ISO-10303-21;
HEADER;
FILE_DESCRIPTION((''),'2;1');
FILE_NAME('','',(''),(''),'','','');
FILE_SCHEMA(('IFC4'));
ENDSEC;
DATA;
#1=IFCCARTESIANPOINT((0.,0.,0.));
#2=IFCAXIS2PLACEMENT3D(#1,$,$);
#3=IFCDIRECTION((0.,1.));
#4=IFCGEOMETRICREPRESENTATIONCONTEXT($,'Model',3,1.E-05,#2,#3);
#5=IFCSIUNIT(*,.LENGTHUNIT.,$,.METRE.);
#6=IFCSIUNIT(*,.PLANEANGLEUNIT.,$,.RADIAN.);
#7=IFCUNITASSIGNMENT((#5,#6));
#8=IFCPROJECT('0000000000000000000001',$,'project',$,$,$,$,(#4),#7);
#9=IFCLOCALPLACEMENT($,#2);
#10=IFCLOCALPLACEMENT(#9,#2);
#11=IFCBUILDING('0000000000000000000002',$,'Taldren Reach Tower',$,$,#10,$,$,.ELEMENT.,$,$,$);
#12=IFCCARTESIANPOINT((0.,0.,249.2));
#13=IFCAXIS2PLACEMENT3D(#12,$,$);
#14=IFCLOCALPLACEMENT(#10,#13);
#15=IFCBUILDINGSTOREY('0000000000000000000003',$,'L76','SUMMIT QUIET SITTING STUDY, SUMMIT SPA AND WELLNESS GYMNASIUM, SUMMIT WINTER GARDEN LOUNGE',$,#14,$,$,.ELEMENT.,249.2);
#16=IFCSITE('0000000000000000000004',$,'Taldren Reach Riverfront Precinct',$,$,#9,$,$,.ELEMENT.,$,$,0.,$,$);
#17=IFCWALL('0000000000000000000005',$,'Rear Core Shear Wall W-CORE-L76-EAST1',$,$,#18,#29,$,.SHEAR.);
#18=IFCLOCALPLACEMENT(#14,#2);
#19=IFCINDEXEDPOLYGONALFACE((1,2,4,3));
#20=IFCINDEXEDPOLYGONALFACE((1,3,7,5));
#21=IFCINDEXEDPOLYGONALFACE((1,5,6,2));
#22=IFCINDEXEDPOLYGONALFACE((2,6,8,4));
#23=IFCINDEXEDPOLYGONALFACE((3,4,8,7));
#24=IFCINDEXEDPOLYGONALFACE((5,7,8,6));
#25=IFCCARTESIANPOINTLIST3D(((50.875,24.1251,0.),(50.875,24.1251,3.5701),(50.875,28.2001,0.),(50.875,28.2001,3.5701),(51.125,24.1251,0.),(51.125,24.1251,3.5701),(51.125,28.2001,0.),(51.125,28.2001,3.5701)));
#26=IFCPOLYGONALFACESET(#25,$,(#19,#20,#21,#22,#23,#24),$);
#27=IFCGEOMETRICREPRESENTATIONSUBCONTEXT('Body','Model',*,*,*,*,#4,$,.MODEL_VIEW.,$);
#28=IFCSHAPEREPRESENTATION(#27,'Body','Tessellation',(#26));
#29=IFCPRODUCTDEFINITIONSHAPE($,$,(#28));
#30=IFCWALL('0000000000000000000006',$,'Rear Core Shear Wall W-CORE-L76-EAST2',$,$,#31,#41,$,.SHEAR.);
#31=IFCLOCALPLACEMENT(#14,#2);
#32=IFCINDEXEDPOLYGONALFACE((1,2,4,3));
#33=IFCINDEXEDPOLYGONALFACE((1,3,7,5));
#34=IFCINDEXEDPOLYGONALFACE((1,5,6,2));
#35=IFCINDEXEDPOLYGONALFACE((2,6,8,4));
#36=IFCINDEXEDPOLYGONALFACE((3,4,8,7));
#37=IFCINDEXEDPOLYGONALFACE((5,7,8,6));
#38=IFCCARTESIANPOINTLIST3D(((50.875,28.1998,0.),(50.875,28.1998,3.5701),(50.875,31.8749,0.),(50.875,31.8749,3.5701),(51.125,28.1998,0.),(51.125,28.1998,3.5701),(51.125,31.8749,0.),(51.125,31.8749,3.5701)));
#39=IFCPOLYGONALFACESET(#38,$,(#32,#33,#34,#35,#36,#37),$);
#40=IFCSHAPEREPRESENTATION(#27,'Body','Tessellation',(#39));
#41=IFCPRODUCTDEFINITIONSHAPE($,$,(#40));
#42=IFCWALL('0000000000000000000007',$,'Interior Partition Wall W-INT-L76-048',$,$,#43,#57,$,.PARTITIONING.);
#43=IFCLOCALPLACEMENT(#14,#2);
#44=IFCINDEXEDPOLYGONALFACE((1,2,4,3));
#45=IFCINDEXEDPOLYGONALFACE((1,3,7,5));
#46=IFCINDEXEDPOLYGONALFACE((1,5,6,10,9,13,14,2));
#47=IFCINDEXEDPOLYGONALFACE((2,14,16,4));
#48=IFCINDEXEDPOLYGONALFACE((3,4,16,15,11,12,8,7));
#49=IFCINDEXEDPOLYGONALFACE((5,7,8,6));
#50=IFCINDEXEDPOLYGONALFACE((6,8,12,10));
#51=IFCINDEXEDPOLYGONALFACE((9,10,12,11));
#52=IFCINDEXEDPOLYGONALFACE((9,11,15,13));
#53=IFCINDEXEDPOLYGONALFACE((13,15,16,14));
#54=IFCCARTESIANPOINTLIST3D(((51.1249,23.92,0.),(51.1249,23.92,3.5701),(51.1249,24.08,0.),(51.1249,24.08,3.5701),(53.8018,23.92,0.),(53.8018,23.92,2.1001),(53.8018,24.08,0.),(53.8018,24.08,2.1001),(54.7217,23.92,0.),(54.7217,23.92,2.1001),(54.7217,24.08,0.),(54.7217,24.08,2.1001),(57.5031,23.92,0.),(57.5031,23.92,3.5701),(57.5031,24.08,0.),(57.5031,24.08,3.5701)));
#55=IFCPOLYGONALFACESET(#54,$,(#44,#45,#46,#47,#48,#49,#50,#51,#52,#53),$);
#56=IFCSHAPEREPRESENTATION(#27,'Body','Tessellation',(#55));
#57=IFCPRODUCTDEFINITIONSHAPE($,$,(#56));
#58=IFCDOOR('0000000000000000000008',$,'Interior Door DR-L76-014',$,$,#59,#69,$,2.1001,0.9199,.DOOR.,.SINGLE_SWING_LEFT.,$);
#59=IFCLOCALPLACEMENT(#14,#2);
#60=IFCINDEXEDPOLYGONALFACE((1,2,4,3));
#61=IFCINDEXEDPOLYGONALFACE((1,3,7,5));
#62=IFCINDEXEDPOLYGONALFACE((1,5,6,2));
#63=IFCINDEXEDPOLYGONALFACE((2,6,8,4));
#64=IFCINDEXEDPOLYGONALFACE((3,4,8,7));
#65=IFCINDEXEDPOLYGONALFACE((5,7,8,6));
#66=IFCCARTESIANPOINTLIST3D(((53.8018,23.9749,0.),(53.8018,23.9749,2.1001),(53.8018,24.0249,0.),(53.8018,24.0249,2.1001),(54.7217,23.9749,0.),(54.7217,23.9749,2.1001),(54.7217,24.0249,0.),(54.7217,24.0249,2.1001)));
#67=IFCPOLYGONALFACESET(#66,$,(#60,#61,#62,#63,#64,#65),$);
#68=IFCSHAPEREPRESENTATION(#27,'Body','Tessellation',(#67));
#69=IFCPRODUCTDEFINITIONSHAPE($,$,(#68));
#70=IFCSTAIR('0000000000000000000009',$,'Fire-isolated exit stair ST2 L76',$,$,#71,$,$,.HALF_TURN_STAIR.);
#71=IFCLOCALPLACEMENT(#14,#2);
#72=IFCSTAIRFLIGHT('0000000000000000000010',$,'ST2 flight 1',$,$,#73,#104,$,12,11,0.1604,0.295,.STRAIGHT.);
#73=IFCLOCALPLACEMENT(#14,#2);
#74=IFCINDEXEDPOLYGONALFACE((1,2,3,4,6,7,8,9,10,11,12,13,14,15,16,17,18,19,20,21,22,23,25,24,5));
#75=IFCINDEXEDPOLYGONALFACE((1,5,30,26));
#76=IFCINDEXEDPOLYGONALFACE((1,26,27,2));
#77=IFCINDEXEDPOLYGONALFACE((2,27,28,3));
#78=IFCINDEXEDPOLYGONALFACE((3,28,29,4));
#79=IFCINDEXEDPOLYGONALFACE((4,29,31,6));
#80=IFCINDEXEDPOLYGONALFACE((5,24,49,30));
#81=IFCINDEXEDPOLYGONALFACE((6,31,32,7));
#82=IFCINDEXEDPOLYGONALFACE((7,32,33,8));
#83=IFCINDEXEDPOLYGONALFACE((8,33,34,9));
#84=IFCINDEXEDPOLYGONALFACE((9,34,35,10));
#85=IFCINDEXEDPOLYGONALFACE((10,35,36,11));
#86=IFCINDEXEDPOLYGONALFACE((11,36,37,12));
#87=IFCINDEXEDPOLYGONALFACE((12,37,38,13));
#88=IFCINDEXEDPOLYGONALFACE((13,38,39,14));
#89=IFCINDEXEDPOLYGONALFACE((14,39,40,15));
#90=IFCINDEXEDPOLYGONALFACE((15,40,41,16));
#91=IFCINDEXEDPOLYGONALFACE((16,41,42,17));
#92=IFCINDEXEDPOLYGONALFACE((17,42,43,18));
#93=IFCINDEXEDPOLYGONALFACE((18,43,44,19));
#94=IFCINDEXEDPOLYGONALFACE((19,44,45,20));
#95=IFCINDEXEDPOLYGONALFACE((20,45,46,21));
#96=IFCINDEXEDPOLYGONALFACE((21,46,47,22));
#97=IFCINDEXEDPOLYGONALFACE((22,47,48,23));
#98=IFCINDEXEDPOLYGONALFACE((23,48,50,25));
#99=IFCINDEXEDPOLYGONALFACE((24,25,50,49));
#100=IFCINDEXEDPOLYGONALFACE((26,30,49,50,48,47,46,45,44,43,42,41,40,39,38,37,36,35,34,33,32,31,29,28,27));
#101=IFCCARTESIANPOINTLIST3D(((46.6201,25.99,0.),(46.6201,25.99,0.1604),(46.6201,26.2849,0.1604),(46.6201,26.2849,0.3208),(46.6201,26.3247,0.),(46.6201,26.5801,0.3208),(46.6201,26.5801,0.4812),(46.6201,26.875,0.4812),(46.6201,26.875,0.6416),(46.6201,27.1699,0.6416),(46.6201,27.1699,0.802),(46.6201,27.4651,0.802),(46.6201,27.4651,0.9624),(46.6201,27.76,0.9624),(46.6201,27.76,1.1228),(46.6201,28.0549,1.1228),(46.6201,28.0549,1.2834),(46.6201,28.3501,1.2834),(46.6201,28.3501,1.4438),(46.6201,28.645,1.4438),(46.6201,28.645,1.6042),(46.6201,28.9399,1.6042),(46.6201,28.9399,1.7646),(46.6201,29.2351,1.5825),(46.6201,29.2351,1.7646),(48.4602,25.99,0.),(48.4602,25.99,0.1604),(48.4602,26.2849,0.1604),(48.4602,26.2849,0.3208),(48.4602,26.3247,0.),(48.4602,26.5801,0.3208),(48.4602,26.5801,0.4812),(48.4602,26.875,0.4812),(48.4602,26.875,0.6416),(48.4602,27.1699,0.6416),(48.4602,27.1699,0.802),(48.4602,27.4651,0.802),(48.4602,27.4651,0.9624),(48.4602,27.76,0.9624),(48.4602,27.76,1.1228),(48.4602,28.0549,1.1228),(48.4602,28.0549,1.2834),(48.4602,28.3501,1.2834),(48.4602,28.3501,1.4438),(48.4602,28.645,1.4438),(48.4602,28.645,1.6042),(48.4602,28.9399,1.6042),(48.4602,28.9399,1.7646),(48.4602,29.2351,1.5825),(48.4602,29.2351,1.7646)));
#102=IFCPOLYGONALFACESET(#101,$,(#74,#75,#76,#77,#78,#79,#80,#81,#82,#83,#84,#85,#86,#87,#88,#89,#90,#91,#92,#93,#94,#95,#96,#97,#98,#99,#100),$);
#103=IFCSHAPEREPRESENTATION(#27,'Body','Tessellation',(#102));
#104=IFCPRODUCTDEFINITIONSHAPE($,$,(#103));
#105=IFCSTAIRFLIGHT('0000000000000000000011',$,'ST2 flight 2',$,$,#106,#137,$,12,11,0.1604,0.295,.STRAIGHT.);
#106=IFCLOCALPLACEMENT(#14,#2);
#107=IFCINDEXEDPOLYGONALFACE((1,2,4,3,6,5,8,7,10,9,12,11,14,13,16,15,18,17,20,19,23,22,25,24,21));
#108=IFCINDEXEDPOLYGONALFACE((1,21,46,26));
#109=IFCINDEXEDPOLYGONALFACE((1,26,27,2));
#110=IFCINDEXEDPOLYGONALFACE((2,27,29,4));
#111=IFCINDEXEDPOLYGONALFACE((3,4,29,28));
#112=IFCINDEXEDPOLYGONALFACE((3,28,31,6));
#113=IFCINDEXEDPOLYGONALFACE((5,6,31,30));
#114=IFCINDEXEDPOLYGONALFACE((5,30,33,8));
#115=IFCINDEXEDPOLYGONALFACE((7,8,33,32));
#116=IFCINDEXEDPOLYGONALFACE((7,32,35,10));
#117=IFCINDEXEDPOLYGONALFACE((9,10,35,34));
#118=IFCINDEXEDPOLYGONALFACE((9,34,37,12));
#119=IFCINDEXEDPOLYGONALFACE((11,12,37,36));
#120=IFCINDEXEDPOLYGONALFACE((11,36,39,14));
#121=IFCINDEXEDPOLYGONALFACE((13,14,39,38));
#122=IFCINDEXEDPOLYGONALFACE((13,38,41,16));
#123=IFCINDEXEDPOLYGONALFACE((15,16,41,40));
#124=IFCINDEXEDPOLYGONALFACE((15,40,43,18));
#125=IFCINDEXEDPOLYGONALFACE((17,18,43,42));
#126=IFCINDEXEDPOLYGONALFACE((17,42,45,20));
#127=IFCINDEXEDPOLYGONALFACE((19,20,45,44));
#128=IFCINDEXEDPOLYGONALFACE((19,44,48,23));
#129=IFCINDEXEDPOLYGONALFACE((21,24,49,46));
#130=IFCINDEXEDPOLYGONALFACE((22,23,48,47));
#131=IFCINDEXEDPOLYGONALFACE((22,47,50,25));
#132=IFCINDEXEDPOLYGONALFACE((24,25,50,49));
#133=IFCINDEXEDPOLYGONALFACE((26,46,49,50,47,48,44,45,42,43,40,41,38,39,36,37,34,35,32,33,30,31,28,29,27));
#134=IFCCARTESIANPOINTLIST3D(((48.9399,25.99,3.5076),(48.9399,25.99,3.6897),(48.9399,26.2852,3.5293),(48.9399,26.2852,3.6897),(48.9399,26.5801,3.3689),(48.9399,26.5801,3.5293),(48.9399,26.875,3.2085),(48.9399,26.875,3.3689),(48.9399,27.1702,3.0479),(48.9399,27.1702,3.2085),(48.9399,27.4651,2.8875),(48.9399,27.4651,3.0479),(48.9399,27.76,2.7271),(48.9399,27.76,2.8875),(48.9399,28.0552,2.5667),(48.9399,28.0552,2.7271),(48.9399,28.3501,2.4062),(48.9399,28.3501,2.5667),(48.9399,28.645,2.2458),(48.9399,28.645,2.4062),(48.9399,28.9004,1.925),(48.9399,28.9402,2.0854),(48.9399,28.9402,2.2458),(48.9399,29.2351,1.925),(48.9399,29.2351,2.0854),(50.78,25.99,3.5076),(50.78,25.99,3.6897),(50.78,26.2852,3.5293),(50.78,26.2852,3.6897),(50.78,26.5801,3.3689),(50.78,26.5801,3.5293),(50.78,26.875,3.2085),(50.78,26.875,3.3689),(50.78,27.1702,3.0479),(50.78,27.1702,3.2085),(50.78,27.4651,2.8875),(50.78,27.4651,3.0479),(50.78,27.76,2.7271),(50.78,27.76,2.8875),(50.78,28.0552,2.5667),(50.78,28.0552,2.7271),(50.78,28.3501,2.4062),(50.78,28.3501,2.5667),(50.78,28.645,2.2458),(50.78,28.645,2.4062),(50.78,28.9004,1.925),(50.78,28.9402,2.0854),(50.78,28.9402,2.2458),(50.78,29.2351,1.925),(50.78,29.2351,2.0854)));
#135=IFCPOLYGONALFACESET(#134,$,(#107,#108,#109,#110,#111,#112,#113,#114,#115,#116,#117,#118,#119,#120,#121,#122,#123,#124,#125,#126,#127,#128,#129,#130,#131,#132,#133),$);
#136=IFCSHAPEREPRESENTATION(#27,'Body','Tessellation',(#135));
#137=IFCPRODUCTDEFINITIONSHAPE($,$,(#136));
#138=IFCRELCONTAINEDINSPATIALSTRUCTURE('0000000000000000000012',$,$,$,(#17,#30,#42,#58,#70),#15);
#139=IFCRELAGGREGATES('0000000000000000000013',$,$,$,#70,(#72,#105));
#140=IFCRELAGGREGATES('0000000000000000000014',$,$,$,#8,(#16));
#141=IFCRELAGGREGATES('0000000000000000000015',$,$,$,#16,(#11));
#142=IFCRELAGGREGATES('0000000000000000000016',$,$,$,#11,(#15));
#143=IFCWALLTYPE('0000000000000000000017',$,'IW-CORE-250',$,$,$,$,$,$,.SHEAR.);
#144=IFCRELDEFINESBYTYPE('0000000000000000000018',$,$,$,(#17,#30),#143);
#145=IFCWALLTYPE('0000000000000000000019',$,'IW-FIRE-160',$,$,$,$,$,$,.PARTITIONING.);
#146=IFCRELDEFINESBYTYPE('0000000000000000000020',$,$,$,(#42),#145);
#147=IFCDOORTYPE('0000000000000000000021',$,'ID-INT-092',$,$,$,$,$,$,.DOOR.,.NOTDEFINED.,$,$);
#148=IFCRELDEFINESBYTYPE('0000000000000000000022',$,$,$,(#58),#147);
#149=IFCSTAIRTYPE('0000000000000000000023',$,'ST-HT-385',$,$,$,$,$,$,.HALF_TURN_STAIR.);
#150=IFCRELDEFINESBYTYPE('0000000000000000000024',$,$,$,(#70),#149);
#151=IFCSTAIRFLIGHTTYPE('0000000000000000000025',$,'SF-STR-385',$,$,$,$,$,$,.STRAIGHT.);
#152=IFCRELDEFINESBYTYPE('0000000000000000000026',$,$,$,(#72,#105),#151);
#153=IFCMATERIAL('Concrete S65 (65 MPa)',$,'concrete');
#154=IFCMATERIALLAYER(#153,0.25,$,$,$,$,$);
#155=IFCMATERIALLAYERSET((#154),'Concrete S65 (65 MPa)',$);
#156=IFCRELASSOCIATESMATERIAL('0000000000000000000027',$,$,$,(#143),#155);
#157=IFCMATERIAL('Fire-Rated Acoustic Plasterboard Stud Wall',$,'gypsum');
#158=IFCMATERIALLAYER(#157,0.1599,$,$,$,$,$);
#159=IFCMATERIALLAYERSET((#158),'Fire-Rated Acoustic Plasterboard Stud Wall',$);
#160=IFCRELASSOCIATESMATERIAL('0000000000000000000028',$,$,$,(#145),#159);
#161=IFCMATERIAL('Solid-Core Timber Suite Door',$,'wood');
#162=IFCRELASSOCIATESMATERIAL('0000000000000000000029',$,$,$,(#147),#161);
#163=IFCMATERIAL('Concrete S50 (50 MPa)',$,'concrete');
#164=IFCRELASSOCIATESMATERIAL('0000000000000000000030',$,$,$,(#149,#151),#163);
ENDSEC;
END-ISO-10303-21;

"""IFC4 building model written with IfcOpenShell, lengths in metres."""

from ifc_helpers import new_model, si_unit, direction, frame, frame_2d, origin, place, context, subcontext, project, spatial, polyline, rectangle, outline, extrude, source, transform, mapped, material, layer, layer_set, type_object, element, fill, aggregate, save


model = new_model("IFC4")

# Units and contexts
model_context = context("Model", 3, precision=1e-05, world=origin(), true_north=direction((0.0, 1.0)))
body_context = subcontext(model_context, "Body", "Model", "MODEL_VIEW")
ifc_project = project(units=[si_unit("LENGTHUNIT", "METRE"), si_unit("PLANEANGLEUNIT", "RADIAN")], contexts=[model_context])

# Site, building, storey
site_placement = place(None, origin())
site = spatial("IfcSite", under=ifc_project, at=site_placement, Name="Taldren Reach Riverfront Precinct", CompositionType="ELEMENT", RefElevation=0.0)
building_placement = place(site_placement, origin())
building = spatial("IfcBuilding", under=site, at=building_placement, Name="Taldren Reach Tower", CompositionType="ELEMENT")
storey_placement = place(building_placement, frame((0.0, 0.0, 249.2)))
storey = spatial("IfcBuildingStorey", under=building, at=storey_placement, Name="L76", Description="SUMMIT QUIET SITTING STUDY, SUMMIT SPA AND WELLNESS GYMNASIUM, SUMMIT WINTER GARDEN LOUNGE", CompositionType="ELEMENT", Elevation=249.2)

# Walls
ifc_material_1 = material(Name="Concrete S65 (65 MPa)", Category="concrete")
ifc_layer_1 = layer(ifc_material_1, 0.25)
ifc_layer_set_1 = layer_set([ifc_layer_1], Name="Concrete S65 (65 MPa)")
wall_type_1 = type_object("IfcWallType", Name="IW-CORE-250", PredefinedType="SHEAR", material=ifc_layer_set_1)
shared_shape_1 = source(origin(), body_context, "Body", "SweptSolid", [
    extrude(rectangle(XDim=4.075, YDim=0.25, at=frame_2d((2.0376, 0.0))), origin(), (0.0, 0.0, 1.0), 3.5701),
])
wall_1_placement = place(storey_placement, frame((51.0, 24.125, 0.0), z_axis=(0.0, 0.0, 1.0), x_axis=(0.0, 1.0, 0.0)))
element("IfcWall", 1, at=wall_1_placement, inside=storey, type_object=wall_type_1, Name="Rear Core Shear Wall W-CORE-L76-EAST1", PredefinedType="SHEAR", context=body_context, shape_type="MappedRepresentation", body=[
    mapped(shared_shape_1, transform((0.0, 0.0, 0.0), scale=1.0)),
])
shared_shape_2 = source(origin(), body_context, "Body", "SweptSolid", [
    extrude(rectangle(XDim=3.675, YDim=0.25, at=frame_2d((1.8374, 0.0))), origin(), (0.0, 0.0, 1.0), 3.5701),
])
wall_2_placement = place(storey_placement, frame((51.0, 28.2, 0.0), z_axis=(0.0, 0.0, 1.0), x_axis=(0.0, 1.0, 0.0)))
element("IfcWall", 2, at=wall_2_placement, inside=storey, type_object=wall_type_1, Name="Rear Core Shear Wall W-CORE-L76-EAST2", PredefinedType="SHEAR", context=body_context, shape_type="MappedRepresentation", body=[
    mapped(shared_shape_2, transform((0.0, 0.0, 0.0), scale=1.0)),
])

# Wall, opening, door
ifc_material_2 = material(Name="Fire-Rated Acoustic Plasterboard Stud Wall", Category="gypsum")
ifc_layer_2 = layer(ifc_material_2, 0.1599)
ifc_layer_set_2 = layer_set([ifc_layer_2], Name="Fire-Rated Acoustic Plasterboard Stud Wall")
wall_type_2 = type_object("IfcWallType", Name="IW-FIRE-160", PredefinedType="PARTITIONING", material=ifc_layer_set_2)
shared_shape_3 = source(origin(), body_context, "Body", "SweptSolid", [
    extrude(rectangle(XDim=6.3782, YDim=0.1599, at=frame_2d((3.189, 0.0))), origin(), (0.0, 0.0, 1.0), 3.5701),
])
wall_3_placement = place(storey_placement, frame((51.125, 24.0, 0.0), z_axis=(0.0, 0.0, 1.0), x_axis=(1.0, 0.0, 0.0)))
wall_3 = element("IfcWall", 3, at=wall_3_placement, inside=storey, type_object=wall_type_2, Name="Interior Partition Wall W-INT-L76-048", PredefinedType="PARTITIONING", context=body_context, shape_type="MappedRepresentation", body=[
    mapped(shared_shape_3, transform((0.0, 0.0, 0.0), scale=1.0)),
])
shared_shape_4 = source(origin(), body_context, "Body", "SweptSolid", [
    extrude(rectangle(XDim=0.9199, YDim=2.1001, at=frame_2d((0.46, 1.05))), frame((0.0, 0.0898, 0.0), z_axis=(0.0, -1.0, 0.0), x_axis=(1.0, 0.0, 0.0)), (0.0, 0.0, 1.0), 0.1799),
])
opening_placement = place(wall_3_placement, frame((2.6768, 0.0, 0.0)))
opening = element("IfcOpeningElement", 4, at=opening_placement, cuts=wall_3, PredefinedType="OPENING", context=body_context, shape_type="MappedRepresentation", body=[
    mapped(shared_shape_4, transform((0.0, 0.0, 0.0), scale=1.0)),
])
ifc_material_3 = material(Name="Solid-Core Timber Suite Door", Category="wood")
door_type = type_object("IfcDoorType", Name="ID-INT-092", OperationType="NOTDEFINED", PredefinedType="DOOR", material=ifc_material_3)
shared_shape_5 = source(origin(), body_context, "Body", "SweptSolid", [
    extrude(rectangle(XDim=0.9199, YDim=2.1001, at=frame_2d((0.46, 1.05))), frame((0.0, 0.0249, 0.0), z_axis=(0.0, -1.0, 0.0), x_axis=(1.0, 0.0, 0.0)), (0.0, 0.0, 1.0), 0.05),
])
door_placement = place(opening_placement, origin())
door = element("IfcDoor", 5, at=door_placement, inside=storey, type_object=door_type, Name="Interior Door DR-L76-014", OperationType="SINGLE_SWING_LEFT", OverallHeight=2.1001, OverallWidth=0.9199, PredefinedType="DOOR", context=body_context, shape_type="MappedRepresentation", body=[
    mapped(shared_shape_5, transform((0.0, 0.0, 0.0), scale=1.0)),
])
fill(opening, door)

# Stair, stair flights
ifc_material_4 = material(Name="Concrete S50 (50 MPa)", Category="concrete")
stair_type = type_object("IfcStairType", Name="ST-HT-385", PredefinedType="HALF_TURN_STAIR", material=ifc_material_4)
stair_placement = place(storey_placement, origin())
stair = element("IfcStair", 6, at=stair_placement, inside=storey, type_object=stair_type, Name="Fire-isolated exit stair ST2 L76", PredefinedType="HALF_TURN_STAIR")
stair_flight_type = type_object("IfcStairFlightType", Name="SF-STR-385", PredefinedType="STRAIGHT", material=ifc_material_4)
stair_flight_1_placement = place(storey_placement, frame((47.54, 25.99, 0.0), z_axis=(0.0, 0.0, 1.0), x_axis=(0.0, 1.0, 0.0)))
stair_flight_1 = element("IfcStairFlight", 7, at=stair_flight_1_placement, type_object=stair_flight_type, Name="ST2 flight 1", NumberOfRisers=12, NumberOfTreads=11, PredefinedType="STRAIGHT", RiserHeight=0.1604, TreadLength=0.295, context=body_context, shape_type="SweptSolid", body=[
    extrude(outline(polyline([(0.0, 0.0), (0.0, 0.1604), (0.2949, 0.1604), (0.2949, 0.3208), (0.5901, 0.3208), (0.5901, 0.4812), (0.885, 0.4812), (0.885, 0.6416), (1.1799, 0.6416), (1.1799, 0.802), (1.4751, 0.802), (1.4751, 0.9624), (1.77, 0.9624), (1.77, 1.1228), (2.0649, 1.1228), (2.0649, 1.2834), (2.3601, 1.2834), (2.3601, 1.4438), (2.655, 1.4438), (2.655, 1.6042), (2.95, 1.6042), (2.95, 1.7646), (3.2451, 1.7646), (3.2451, 1.925), (3.2451, 1.5825), (0.3347, 0.0), (0.0, 0.0)])), frame((0.0, 0.9199, 0.0), z_axis=(0.0, -1.0, 0.0), x_axis=(1.0, 0.0, 0.0)), (0.0, 0.0, 1.0), 1.8401),
])
stair_flight_2_placement = place(storey_placement, frame((49.8601, 29.2351, 1.925), z_axis=(0.0, 0.0, 1.0), x_axis=(0.0, -1.0, 0.0)))
stair_flight_2 = element("IfcStairFlight", 8, at=stair_flight_2_placement, type_object=stair_flight_type, Name="ST2 flight 2", NumberOfRisers=12, NumberOfTreads=11, PredefinedType="STRAIGHT", RiserHeight=0.1604, TreadLength=0.295, context=body_context, shape_type="SweptSolid", body=[
    extrude(outline(polyline([(0.0, 0.0), (0.0, 0.1604), (0.2949, 0.1604), (0.2949, 0.3208), (0.5901, 0.3208), (0.5901, 0.4812), (0.885, 0.4812), (0.885, 0.6416), (1.1799, 0.6416), (1.1799, 0.802), (1.4751, 0.802), (1.4751, 0.9624), (1.77, 0.9624), (1.77, 1.1228), (2.0649, 1.1228), (2.0649, 1.2834), (2.3601, 1.2834), (2.3601, 1.4438), (2.655, 1.4438), (2.655, 1.6042), (2.95, 1.6042), (2.95, 1.7646), (3.2451, 1.7646), (3.2451, 1.925), (3.2451, 1.5825), (0.3347, 0.0), (0.0, 0.0)])), frame((0.0, 0.9199, 0.0), z_axis=(0.0, -1.0, 0.0), x_axis=(1.0, 0.0, 0.0)), (0.0, 0.0, 1.0), 1.8401),
])
aggregate(stair, [stair_flight_1, stair_flight_2])

save(model, "model.ifc")
